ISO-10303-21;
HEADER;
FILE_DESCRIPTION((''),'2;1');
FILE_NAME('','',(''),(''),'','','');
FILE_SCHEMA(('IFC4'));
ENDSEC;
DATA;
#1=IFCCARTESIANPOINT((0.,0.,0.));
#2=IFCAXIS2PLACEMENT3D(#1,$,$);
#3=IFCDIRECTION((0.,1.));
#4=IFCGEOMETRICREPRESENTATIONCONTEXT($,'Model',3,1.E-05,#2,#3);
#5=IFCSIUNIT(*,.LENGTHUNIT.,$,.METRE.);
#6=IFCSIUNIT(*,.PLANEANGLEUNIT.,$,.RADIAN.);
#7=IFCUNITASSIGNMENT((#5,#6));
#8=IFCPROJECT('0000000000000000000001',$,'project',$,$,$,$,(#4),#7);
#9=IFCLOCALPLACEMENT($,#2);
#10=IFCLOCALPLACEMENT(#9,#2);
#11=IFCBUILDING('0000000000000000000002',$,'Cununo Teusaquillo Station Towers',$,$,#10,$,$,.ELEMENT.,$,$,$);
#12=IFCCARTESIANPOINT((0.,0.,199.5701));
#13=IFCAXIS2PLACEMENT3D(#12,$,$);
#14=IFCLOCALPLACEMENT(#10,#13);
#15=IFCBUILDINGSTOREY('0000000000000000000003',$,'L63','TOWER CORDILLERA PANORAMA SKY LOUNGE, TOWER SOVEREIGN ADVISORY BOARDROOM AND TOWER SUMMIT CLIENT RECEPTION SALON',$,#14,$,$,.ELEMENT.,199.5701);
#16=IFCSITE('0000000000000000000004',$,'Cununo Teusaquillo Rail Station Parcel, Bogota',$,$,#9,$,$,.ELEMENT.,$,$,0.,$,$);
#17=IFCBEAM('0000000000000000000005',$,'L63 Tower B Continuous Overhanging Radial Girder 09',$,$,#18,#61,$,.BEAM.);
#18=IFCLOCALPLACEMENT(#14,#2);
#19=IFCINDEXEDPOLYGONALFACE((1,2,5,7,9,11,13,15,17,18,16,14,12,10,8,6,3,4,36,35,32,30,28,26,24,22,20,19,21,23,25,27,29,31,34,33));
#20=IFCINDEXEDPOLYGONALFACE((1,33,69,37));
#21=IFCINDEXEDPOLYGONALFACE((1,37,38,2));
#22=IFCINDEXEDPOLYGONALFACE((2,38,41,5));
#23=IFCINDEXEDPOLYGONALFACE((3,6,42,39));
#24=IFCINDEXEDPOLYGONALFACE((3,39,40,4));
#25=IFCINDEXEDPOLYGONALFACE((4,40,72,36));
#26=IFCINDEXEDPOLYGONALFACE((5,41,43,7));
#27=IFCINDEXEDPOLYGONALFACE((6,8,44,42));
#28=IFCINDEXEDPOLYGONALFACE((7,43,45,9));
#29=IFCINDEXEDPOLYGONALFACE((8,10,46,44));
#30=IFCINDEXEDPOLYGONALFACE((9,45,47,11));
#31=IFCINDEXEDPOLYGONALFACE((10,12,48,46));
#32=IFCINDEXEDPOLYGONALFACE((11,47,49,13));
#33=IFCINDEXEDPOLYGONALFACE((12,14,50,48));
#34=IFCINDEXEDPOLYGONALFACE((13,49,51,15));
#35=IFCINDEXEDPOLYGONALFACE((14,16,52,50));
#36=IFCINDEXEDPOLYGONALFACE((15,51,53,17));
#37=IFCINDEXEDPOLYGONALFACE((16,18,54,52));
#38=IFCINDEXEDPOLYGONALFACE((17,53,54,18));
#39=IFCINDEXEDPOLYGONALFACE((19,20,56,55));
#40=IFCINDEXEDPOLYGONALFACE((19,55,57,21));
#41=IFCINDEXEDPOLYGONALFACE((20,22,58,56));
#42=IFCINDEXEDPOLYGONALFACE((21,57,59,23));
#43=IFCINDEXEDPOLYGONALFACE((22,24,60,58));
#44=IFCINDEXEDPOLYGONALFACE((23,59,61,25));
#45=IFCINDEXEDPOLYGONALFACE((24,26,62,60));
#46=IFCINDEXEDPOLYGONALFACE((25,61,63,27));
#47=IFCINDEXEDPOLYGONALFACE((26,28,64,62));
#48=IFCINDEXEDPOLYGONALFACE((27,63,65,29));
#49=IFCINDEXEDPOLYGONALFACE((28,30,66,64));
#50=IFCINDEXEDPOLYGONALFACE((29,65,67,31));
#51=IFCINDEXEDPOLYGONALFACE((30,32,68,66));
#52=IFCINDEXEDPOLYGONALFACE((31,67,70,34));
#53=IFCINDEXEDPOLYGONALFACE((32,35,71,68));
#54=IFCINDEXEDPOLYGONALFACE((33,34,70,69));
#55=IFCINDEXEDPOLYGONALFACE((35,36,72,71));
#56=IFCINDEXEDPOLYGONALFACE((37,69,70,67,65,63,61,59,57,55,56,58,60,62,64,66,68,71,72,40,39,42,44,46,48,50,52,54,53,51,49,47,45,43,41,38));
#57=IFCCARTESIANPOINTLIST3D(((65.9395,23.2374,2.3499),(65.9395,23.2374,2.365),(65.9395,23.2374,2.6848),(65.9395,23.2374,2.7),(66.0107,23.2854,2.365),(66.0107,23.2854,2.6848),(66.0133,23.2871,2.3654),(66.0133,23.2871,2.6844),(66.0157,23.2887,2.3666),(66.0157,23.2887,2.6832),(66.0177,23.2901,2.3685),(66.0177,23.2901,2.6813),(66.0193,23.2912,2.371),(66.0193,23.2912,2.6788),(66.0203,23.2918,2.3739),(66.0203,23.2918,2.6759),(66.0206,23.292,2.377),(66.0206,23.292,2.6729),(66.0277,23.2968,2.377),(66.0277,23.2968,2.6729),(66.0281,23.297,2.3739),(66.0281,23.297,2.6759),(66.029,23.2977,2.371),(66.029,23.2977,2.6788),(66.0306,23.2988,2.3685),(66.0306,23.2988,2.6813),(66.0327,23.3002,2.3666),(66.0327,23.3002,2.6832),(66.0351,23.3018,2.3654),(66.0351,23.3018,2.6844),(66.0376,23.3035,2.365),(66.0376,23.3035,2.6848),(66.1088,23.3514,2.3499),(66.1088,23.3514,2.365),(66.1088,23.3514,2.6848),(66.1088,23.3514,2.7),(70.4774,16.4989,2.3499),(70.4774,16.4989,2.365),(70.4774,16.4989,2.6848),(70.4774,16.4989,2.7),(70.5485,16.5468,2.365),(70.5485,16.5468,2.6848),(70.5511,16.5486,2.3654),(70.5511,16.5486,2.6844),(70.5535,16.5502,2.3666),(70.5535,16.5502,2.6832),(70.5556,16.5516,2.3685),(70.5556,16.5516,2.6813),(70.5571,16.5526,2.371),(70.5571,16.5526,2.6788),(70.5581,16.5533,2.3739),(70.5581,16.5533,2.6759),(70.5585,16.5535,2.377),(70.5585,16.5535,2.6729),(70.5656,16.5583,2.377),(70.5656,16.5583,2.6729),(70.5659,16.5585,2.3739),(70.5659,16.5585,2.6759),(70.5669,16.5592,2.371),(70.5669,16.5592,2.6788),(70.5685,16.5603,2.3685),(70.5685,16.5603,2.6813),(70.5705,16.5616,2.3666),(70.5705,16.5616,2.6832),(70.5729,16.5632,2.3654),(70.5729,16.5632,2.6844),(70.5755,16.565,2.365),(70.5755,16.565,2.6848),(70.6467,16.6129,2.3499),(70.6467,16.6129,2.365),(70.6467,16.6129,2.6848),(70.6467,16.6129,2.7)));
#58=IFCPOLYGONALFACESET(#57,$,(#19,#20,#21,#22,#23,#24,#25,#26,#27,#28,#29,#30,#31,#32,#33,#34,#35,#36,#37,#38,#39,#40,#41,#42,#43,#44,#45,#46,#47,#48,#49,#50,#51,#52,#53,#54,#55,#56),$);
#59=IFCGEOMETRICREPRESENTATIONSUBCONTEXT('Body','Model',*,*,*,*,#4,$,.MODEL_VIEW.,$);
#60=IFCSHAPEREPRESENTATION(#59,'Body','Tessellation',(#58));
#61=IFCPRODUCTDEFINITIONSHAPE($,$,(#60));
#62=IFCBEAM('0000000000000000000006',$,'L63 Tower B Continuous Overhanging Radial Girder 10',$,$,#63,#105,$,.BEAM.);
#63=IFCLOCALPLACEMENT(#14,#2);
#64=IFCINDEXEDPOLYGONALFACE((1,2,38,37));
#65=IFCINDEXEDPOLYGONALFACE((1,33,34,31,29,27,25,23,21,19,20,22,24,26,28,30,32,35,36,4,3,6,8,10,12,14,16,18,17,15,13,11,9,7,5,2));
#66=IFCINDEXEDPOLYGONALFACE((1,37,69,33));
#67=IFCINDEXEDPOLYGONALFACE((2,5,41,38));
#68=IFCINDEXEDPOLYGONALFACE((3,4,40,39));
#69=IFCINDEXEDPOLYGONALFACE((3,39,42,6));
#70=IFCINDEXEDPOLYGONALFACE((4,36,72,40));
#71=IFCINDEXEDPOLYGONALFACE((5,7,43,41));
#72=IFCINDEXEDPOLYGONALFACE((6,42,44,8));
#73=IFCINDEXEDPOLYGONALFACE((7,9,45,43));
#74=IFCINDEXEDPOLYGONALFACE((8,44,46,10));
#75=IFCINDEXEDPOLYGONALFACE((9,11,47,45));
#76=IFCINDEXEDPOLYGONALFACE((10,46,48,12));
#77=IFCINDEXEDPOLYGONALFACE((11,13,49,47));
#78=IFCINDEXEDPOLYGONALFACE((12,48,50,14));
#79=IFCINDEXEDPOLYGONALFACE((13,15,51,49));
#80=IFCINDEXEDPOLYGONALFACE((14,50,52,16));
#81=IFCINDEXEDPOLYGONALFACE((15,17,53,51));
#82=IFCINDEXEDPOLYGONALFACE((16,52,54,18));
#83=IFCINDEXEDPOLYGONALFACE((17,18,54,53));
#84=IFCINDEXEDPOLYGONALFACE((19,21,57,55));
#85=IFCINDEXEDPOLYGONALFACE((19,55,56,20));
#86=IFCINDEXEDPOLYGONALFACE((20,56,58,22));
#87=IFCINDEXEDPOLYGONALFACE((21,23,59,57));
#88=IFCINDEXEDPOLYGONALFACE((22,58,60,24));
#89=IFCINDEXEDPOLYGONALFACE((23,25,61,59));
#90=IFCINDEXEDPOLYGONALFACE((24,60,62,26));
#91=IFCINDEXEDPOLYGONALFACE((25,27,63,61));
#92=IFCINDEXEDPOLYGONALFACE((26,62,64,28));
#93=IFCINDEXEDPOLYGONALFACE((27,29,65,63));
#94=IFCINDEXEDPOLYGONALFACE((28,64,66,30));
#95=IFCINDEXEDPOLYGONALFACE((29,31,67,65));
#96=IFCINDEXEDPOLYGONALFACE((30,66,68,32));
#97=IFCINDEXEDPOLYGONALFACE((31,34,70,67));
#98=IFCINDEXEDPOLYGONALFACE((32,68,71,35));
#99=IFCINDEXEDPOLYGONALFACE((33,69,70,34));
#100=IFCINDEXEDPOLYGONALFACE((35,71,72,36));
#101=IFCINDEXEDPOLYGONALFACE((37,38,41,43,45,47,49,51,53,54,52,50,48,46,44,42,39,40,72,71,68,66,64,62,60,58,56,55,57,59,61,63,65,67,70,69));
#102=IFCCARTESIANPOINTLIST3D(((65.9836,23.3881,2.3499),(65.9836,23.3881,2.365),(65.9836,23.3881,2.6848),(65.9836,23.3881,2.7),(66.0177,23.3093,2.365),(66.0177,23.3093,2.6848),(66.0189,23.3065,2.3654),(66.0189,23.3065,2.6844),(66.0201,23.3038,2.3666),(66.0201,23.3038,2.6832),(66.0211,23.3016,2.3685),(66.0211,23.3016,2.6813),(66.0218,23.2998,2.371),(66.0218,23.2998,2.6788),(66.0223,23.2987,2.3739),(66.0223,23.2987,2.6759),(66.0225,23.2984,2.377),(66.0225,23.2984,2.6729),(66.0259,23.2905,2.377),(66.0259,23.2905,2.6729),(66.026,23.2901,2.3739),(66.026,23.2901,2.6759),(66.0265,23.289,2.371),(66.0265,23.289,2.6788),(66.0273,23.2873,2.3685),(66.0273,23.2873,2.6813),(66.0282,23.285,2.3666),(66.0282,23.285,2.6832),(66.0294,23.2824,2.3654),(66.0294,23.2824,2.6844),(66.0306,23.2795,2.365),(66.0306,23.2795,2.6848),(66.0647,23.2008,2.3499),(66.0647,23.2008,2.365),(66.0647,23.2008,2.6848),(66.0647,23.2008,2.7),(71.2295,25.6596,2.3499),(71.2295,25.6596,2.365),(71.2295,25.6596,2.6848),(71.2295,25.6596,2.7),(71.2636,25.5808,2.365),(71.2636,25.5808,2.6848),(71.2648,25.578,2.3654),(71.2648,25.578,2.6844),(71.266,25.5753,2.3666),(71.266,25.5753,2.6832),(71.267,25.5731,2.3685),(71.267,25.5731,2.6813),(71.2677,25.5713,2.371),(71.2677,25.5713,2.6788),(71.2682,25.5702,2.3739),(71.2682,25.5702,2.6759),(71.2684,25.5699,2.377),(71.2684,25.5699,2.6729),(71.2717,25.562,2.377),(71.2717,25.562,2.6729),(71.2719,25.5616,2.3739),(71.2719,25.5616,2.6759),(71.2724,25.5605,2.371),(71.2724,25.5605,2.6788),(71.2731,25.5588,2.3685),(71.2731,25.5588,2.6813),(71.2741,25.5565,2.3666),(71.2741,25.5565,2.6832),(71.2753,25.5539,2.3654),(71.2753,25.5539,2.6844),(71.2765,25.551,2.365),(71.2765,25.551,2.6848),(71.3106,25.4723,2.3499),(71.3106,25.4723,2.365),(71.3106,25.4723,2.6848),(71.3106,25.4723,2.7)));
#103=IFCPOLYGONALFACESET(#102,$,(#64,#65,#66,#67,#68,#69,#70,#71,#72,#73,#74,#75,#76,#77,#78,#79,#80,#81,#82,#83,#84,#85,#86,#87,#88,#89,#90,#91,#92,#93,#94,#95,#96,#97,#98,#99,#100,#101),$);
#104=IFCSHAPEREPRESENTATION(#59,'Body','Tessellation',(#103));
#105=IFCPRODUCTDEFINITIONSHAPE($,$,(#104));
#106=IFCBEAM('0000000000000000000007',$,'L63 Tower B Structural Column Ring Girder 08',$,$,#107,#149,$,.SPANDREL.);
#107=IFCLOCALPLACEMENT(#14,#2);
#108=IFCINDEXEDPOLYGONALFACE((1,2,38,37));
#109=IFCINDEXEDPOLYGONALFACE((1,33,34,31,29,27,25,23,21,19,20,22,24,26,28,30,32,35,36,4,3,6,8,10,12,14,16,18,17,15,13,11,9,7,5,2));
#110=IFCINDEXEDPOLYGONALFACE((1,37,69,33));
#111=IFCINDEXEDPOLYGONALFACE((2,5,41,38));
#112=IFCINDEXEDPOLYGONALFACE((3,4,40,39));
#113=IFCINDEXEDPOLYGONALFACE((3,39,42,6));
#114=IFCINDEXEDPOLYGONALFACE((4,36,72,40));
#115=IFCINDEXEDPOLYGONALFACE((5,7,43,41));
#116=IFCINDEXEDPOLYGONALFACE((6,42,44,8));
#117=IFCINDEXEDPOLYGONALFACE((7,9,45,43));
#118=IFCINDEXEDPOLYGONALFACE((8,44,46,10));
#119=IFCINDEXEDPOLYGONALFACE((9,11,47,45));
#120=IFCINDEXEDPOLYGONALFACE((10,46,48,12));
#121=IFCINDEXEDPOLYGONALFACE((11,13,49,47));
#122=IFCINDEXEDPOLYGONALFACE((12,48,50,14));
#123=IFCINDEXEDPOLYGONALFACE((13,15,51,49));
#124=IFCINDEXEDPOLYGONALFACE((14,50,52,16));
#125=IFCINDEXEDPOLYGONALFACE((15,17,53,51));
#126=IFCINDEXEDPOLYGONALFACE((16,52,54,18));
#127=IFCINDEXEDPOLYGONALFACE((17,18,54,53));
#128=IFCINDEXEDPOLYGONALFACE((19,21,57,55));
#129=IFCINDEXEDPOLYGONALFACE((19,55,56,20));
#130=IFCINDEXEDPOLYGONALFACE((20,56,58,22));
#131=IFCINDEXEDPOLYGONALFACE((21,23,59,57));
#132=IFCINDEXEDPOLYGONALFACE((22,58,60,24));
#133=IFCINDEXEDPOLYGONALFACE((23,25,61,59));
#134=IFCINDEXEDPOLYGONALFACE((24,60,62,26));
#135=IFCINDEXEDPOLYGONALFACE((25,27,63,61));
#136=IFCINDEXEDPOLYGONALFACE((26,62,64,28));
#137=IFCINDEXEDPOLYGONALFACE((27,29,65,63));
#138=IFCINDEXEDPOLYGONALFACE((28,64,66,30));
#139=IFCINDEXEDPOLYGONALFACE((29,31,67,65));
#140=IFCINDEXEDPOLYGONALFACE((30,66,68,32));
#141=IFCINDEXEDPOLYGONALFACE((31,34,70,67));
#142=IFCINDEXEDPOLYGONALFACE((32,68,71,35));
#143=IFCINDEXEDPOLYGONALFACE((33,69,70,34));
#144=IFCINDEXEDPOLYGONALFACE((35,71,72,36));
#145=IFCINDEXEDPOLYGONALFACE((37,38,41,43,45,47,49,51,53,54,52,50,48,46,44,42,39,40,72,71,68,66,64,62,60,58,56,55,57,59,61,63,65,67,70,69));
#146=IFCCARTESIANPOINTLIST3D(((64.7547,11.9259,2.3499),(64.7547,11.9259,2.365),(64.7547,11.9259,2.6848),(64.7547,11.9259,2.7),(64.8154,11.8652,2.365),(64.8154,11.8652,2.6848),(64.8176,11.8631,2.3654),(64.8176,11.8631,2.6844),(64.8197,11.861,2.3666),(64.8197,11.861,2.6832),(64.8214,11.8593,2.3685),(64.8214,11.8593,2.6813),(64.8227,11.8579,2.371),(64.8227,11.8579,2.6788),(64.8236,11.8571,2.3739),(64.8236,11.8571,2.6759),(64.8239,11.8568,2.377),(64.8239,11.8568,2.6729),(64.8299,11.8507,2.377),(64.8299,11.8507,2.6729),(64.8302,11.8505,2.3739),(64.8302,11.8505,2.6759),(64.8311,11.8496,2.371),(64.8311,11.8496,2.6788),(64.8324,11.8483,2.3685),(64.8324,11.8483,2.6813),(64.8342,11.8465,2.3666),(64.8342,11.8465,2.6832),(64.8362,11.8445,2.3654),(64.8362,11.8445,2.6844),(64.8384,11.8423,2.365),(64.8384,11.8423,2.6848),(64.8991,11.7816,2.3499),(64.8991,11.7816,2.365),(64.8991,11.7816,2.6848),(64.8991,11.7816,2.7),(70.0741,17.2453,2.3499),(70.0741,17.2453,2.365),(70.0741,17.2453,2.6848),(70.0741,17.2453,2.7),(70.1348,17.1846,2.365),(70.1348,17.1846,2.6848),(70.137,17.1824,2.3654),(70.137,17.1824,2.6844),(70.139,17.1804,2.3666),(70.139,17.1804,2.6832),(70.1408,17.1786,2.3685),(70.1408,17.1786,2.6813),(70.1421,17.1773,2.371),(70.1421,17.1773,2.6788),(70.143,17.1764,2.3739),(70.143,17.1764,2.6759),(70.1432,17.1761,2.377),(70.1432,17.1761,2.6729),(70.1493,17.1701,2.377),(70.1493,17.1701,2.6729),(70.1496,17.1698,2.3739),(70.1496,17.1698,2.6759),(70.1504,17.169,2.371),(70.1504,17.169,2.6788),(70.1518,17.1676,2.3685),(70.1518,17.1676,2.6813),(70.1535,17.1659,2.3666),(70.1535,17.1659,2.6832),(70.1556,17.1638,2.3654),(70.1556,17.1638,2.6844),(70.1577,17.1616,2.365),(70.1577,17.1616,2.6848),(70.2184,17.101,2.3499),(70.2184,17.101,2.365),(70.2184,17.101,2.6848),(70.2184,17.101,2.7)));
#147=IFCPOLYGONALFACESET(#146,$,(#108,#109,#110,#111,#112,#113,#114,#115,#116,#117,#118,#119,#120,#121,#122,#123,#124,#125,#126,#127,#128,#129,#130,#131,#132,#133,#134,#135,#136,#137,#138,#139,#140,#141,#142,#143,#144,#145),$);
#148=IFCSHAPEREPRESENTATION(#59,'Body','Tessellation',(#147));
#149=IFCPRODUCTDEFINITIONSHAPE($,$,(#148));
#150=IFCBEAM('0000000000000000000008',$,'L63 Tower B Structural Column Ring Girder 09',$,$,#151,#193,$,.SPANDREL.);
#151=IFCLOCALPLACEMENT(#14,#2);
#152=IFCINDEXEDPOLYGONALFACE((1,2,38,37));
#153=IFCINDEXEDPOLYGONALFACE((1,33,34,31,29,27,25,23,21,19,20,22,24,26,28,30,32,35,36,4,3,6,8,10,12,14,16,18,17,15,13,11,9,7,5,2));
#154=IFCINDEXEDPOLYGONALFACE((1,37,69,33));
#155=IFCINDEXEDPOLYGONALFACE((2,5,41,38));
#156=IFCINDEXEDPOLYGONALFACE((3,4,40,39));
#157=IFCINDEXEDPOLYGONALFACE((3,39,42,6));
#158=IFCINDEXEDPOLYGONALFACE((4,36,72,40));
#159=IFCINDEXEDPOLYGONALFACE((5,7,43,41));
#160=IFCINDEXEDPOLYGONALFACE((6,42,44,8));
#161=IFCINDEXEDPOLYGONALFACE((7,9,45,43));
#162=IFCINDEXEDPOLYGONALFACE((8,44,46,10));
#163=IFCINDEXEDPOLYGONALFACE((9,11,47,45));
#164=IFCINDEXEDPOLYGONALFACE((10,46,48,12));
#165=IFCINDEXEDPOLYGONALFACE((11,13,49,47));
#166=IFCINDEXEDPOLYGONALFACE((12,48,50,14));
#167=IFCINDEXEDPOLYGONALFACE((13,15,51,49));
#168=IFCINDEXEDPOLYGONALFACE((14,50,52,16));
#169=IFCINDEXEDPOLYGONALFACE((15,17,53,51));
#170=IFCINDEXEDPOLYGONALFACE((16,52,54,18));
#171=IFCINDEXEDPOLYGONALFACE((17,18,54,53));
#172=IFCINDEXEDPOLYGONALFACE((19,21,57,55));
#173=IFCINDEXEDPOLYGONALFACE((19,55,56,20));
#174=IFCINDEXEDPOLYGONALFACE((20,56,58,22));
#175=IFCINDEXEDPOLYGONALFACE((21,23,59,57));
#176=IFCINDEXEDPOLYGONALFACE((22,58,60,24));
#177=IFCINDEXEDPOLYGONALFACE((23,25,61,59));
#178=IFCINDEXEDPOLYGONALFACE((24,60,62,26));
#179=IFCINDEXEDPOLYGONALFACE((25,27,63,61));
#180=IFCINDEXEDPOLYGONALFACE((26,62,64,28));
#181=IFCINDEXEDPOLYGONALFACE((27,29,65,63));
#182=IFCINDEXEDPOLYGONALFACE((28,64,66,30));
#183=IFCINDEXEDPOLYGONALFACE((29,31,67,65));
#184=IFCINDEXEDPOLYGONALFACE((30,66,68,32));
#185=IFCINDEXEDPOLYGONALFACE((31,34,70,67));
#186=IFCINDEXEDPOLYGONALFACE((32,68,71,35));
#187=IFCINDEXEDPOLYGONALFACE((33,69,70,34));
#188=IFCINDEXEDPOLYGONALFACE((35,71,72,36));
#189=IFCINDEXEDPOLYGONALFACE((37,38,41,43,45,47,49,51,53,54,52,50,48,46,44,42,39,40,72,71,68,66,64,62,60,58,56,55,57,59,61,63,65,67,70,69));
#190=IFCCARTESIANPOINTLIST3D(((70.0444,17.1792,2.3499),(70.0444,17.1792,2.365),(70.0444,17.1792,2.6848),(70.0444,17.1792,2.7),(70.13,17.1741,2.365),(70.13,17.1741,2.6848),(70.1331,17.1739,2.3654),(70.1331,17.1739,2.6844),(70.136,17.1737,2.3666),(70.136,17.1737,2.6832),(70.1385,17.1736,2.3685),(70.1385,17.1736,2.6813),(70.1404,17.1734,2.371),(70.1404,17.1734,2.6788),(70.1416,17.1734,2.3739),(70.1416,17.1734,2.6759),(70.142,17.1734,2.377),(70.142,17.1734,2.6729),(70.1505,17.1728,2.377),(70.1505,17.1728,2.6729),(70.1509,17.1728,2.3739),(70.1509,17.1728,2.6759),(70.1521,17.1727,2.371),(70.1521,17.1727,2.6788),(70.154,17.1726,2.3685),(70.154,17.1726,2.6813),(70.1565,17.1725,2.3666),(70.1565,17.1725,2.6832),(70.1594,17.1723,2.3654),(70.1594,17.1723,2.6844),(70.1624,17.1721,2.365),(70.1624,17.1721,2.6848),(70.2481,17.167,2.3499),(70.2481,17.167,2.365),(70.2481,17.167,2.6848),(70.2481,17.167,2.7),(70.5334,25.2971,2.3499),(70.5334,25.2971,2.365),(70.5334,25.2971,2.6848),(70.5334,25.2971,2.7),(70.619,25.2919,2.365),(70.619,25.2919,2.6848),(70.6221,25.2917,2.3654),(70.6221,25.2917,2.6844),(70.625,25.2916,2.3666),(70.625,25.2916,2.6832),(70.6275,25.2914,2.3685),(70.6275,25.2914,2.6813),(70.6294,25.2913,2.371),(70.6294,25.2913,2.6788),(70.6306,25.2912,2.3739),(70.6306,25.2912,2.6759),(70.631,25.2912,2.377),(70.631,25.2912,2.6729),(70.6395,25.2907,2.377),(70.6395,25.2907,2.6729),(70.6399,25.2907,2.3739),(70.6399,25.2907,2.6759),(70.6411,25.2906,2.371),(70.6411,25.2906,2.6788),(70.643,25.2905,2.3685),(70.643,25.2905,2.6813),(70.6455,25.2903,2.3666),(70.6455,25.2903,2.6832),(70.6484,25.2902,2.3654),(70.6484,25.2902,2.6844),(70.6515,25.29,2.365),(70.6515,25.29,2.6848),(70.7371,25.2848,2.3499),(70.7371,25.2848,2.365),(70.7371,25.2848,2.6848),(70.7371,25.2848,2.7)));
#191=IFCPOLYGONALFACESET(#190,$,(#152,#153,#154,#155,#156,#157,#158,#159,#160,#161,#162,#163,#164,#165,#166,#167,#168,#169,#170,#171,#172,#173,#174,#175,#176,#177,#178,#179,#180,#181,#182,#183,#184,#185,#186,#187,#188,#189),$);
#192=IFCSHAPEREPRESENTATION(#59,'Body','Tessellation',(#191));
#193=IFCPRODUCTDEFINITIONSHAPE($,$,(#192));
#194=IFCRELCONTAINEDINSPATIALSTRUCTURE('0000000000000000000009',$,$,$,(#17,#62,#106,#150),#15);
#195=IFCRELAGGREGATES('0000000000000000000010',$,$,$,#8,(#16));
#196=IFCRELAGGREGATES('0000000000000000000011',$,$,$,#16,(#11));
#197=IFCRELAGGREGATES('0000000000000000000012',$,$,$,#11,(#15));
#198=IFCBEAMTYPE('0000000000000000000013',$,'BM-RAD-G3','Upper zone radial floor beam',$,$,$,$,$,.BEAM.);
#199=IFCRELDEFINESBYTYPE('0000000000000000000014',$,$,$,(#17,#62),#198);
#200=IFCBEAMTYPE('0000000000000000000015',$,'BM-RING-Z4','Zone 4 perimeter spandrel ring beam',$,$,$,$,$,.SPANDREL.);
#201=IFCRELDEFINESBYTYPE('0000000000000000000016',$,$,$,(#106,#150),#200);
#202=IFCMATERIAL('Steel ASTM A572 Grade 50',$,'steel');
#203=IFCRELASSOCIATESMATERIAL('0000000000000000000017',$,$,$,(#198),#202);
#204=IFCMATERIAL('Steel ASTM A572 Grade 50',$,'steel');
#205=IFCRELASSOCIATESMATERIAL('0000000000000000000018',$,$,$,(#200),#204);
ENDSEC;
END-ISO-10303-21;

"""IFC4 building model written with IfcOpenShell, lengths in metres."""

from ifc_helpers import new_model, si_unit, direction, frame, origin, origin_2d, place, context, subcontext, project, spatial, i_section, extrude, material, material_profile, profile_set, type_object, element, save


model = new_model("IFC4")

# Units and contexts
model_context = context("Model", 3, precision=1e-05, world=origin(), true_north=direction((0.0, 1.0)))
body_context = subcontext(model_context, "Body", "Model", "MODEL_VIEW")
ifc_project = project(units=[si_unit("LENGTHUNIT", "METRE"), si_unit("PLANEANGLEUNIT", "RADIAN")], contexts=[model_context])

# Site, building, storey
site_placement = place(None, origin())
site = spatial("IfcSite", under=ifc_project, at=site_placement, Name="Cununo Teusaquillo Rail Station Parcel, Bogota", CompositionType="ELEMENT", RefElevation=0.0)
building_placement = place(site_placement, origin())
building = spatial("IfcBuilding", under=site, at=building_placement, Name="Cununo Teusaquillo Station Towers", CompositionType="ELEMENT")
storey_placement = place(building_placement, frame((0.0, 0.0, 199.5701)))
storey = spatial("IfcBuildingStorey", under=building, at=storey_placement, Name="L63", Description="TOWER CORDILLERA PANORAMA SKY LOUNGE, TOWER SOVEREIGN ADVISORY BOARDROOM AND TOWER SUMMIT CLIENT RECEPTION SALON", CompositionType="ELEMENT", Elevation=199.5701)

# Beams
ifc_material_1 = material(Name="Steel ASTM A572 Grade 50", Category="steel")
ifc_material_profile_1 = material_profile(ifc_material_1, i_section(OverallWidth=0.2041, OverallDepth=0.3501, WebThickness=0.0085, FlangeThickness=0.0151, FilletRadius=0.012, at=origin_2d()), Name="W14X48")
ifc_profile_set_1 = profile_set([ifc_material_profile_1], Name="Steel ASTM A572 Grade 50")
beam_type_1 = type_object("IfcBeamType", Name="BM-RAD-G3", Description="Upper zone radial floor beam", PredefinedType="BEAM", material=ifc_profile_set_1)
beam_1_placement = place(storey_placement, frame((66.0242, 23.2944, 2.5249), z_axis=(0.558571, -0.829457, 0.0), x_axis=(0.829457, 0.558571, 0.0)))
element("IfcBeam", 1, at=beam_1_placement, inside=storey, type_object=beam_type_1, Name="L63 Tower B Continuous Overhanging Radial Girder 09", PredefinedType="BEAM", context=body_context, shape_type="SweptSolid", body=[
    extrude(i_section(OverallWidth=0.2041, OverallDepth=0.3501, WebThickness=0.0085, FlangeThickness=0.0151, FilletRadius=0.012, at=origin_2d()), origin(), (0.0, 0.0, 1.0), 8.124),
])
beam_2_placement = place(storey_placement, frame((66.0242, 23.2944, 2.5249), z_axis=(0.917665, 0.397355, 0.0), x_axis=(-0.397355, 0.917665, 0.0)))
element("IfcBeam", 2, at=beam_2_placement, inside=storey, type_object=beam_type_1, Name="L63 Tower B Continuous Overhanging Radial Girder 10", PredefinedType="BEAM", context=body_context, shape_type="SweptSolid", body=[
    extrude(i_section(OverallWidth=0.2041, OverallDepth=0.3501, WebThickness=0.0085, FlangeThickness=0.0151, FilletRadius=0.012, at=origin_2d()), origin(), (0.0, 0.0, 1.0), 5.7166),
])
ifc_material_2 = material(Name="Steel ASTM A572 Grade 50", Category="steel")
ifc_material_profile_2 = material_profile(ifc_material_2, i_section(OverallWidth=0.2041, OverallDepth=0.3501, WebThickness=0.0085, FlangeThickness=0.0151, FilletRadius=0.012, at=origin_2d()), Name="W14X48")
ifc_profile_set_2 = profile_set([ifc_material_profile_2], Name="Steel ASTM A572 Grade 50")
beam_type_2 = type_object("IfcBeamType", Name="BM-RING-Z4", Description="Zone 4 perimeter spandrel ring beam", PredefinedType="SPANDREL", material=ifc_profile_set_2)
beam_3_placement = place(storey_placement, frame((64.8269, 11.8538, 2.5249), z_axis=(0.707107, 0.707107, 0.0), x_axis=(-0.707107, 0.707107, 0.0)))
element("IfcBeam", 3, at=beam_3_placement, inside=storey, type_object=beam_type_2, Name="L63 Tower B Structural Column Ring Girder 08", PredefinedType="SPANDREL", context=body_context, shape_type="SweptSolid", body=[
    extrude(i_section(OverallWidth=0.2041, OverallDepth=0.3501, WebThickness=0.0085, FlangeThickness=0.0151, FilletRadius=0.012, at=origin_2d()), origin(), (0.0, 0.0, 1.0), 7.5227),
])
beam_4_placement = place(storey_placement, frame((70.1462, 17.1731, 2.5249), z_axis=(0.06013, 0.998191, 0.0), x_axis=(-0.998191, 0.06013, 0.0)))
element("IfcBeam", 4, at=beam_4_placement, inside=storey, type_object=beam_type_2, Name="L63 Tower B Structural Column Ring Girder 09", PredefinedType="SPANDREL", context=body_context, shape_type="SweptSolid", body=[
    extrude(i_section(OverallWidth=0.2041, OverallDepth=0.3501, WebThickness=0.0085, FlangeThickness=0.0151, FilletRadius=0.012, at=origin_2d()), origin(), (0.0, 0.0, 1.0), 8.1326),
])

save(model, "model.ifc")
